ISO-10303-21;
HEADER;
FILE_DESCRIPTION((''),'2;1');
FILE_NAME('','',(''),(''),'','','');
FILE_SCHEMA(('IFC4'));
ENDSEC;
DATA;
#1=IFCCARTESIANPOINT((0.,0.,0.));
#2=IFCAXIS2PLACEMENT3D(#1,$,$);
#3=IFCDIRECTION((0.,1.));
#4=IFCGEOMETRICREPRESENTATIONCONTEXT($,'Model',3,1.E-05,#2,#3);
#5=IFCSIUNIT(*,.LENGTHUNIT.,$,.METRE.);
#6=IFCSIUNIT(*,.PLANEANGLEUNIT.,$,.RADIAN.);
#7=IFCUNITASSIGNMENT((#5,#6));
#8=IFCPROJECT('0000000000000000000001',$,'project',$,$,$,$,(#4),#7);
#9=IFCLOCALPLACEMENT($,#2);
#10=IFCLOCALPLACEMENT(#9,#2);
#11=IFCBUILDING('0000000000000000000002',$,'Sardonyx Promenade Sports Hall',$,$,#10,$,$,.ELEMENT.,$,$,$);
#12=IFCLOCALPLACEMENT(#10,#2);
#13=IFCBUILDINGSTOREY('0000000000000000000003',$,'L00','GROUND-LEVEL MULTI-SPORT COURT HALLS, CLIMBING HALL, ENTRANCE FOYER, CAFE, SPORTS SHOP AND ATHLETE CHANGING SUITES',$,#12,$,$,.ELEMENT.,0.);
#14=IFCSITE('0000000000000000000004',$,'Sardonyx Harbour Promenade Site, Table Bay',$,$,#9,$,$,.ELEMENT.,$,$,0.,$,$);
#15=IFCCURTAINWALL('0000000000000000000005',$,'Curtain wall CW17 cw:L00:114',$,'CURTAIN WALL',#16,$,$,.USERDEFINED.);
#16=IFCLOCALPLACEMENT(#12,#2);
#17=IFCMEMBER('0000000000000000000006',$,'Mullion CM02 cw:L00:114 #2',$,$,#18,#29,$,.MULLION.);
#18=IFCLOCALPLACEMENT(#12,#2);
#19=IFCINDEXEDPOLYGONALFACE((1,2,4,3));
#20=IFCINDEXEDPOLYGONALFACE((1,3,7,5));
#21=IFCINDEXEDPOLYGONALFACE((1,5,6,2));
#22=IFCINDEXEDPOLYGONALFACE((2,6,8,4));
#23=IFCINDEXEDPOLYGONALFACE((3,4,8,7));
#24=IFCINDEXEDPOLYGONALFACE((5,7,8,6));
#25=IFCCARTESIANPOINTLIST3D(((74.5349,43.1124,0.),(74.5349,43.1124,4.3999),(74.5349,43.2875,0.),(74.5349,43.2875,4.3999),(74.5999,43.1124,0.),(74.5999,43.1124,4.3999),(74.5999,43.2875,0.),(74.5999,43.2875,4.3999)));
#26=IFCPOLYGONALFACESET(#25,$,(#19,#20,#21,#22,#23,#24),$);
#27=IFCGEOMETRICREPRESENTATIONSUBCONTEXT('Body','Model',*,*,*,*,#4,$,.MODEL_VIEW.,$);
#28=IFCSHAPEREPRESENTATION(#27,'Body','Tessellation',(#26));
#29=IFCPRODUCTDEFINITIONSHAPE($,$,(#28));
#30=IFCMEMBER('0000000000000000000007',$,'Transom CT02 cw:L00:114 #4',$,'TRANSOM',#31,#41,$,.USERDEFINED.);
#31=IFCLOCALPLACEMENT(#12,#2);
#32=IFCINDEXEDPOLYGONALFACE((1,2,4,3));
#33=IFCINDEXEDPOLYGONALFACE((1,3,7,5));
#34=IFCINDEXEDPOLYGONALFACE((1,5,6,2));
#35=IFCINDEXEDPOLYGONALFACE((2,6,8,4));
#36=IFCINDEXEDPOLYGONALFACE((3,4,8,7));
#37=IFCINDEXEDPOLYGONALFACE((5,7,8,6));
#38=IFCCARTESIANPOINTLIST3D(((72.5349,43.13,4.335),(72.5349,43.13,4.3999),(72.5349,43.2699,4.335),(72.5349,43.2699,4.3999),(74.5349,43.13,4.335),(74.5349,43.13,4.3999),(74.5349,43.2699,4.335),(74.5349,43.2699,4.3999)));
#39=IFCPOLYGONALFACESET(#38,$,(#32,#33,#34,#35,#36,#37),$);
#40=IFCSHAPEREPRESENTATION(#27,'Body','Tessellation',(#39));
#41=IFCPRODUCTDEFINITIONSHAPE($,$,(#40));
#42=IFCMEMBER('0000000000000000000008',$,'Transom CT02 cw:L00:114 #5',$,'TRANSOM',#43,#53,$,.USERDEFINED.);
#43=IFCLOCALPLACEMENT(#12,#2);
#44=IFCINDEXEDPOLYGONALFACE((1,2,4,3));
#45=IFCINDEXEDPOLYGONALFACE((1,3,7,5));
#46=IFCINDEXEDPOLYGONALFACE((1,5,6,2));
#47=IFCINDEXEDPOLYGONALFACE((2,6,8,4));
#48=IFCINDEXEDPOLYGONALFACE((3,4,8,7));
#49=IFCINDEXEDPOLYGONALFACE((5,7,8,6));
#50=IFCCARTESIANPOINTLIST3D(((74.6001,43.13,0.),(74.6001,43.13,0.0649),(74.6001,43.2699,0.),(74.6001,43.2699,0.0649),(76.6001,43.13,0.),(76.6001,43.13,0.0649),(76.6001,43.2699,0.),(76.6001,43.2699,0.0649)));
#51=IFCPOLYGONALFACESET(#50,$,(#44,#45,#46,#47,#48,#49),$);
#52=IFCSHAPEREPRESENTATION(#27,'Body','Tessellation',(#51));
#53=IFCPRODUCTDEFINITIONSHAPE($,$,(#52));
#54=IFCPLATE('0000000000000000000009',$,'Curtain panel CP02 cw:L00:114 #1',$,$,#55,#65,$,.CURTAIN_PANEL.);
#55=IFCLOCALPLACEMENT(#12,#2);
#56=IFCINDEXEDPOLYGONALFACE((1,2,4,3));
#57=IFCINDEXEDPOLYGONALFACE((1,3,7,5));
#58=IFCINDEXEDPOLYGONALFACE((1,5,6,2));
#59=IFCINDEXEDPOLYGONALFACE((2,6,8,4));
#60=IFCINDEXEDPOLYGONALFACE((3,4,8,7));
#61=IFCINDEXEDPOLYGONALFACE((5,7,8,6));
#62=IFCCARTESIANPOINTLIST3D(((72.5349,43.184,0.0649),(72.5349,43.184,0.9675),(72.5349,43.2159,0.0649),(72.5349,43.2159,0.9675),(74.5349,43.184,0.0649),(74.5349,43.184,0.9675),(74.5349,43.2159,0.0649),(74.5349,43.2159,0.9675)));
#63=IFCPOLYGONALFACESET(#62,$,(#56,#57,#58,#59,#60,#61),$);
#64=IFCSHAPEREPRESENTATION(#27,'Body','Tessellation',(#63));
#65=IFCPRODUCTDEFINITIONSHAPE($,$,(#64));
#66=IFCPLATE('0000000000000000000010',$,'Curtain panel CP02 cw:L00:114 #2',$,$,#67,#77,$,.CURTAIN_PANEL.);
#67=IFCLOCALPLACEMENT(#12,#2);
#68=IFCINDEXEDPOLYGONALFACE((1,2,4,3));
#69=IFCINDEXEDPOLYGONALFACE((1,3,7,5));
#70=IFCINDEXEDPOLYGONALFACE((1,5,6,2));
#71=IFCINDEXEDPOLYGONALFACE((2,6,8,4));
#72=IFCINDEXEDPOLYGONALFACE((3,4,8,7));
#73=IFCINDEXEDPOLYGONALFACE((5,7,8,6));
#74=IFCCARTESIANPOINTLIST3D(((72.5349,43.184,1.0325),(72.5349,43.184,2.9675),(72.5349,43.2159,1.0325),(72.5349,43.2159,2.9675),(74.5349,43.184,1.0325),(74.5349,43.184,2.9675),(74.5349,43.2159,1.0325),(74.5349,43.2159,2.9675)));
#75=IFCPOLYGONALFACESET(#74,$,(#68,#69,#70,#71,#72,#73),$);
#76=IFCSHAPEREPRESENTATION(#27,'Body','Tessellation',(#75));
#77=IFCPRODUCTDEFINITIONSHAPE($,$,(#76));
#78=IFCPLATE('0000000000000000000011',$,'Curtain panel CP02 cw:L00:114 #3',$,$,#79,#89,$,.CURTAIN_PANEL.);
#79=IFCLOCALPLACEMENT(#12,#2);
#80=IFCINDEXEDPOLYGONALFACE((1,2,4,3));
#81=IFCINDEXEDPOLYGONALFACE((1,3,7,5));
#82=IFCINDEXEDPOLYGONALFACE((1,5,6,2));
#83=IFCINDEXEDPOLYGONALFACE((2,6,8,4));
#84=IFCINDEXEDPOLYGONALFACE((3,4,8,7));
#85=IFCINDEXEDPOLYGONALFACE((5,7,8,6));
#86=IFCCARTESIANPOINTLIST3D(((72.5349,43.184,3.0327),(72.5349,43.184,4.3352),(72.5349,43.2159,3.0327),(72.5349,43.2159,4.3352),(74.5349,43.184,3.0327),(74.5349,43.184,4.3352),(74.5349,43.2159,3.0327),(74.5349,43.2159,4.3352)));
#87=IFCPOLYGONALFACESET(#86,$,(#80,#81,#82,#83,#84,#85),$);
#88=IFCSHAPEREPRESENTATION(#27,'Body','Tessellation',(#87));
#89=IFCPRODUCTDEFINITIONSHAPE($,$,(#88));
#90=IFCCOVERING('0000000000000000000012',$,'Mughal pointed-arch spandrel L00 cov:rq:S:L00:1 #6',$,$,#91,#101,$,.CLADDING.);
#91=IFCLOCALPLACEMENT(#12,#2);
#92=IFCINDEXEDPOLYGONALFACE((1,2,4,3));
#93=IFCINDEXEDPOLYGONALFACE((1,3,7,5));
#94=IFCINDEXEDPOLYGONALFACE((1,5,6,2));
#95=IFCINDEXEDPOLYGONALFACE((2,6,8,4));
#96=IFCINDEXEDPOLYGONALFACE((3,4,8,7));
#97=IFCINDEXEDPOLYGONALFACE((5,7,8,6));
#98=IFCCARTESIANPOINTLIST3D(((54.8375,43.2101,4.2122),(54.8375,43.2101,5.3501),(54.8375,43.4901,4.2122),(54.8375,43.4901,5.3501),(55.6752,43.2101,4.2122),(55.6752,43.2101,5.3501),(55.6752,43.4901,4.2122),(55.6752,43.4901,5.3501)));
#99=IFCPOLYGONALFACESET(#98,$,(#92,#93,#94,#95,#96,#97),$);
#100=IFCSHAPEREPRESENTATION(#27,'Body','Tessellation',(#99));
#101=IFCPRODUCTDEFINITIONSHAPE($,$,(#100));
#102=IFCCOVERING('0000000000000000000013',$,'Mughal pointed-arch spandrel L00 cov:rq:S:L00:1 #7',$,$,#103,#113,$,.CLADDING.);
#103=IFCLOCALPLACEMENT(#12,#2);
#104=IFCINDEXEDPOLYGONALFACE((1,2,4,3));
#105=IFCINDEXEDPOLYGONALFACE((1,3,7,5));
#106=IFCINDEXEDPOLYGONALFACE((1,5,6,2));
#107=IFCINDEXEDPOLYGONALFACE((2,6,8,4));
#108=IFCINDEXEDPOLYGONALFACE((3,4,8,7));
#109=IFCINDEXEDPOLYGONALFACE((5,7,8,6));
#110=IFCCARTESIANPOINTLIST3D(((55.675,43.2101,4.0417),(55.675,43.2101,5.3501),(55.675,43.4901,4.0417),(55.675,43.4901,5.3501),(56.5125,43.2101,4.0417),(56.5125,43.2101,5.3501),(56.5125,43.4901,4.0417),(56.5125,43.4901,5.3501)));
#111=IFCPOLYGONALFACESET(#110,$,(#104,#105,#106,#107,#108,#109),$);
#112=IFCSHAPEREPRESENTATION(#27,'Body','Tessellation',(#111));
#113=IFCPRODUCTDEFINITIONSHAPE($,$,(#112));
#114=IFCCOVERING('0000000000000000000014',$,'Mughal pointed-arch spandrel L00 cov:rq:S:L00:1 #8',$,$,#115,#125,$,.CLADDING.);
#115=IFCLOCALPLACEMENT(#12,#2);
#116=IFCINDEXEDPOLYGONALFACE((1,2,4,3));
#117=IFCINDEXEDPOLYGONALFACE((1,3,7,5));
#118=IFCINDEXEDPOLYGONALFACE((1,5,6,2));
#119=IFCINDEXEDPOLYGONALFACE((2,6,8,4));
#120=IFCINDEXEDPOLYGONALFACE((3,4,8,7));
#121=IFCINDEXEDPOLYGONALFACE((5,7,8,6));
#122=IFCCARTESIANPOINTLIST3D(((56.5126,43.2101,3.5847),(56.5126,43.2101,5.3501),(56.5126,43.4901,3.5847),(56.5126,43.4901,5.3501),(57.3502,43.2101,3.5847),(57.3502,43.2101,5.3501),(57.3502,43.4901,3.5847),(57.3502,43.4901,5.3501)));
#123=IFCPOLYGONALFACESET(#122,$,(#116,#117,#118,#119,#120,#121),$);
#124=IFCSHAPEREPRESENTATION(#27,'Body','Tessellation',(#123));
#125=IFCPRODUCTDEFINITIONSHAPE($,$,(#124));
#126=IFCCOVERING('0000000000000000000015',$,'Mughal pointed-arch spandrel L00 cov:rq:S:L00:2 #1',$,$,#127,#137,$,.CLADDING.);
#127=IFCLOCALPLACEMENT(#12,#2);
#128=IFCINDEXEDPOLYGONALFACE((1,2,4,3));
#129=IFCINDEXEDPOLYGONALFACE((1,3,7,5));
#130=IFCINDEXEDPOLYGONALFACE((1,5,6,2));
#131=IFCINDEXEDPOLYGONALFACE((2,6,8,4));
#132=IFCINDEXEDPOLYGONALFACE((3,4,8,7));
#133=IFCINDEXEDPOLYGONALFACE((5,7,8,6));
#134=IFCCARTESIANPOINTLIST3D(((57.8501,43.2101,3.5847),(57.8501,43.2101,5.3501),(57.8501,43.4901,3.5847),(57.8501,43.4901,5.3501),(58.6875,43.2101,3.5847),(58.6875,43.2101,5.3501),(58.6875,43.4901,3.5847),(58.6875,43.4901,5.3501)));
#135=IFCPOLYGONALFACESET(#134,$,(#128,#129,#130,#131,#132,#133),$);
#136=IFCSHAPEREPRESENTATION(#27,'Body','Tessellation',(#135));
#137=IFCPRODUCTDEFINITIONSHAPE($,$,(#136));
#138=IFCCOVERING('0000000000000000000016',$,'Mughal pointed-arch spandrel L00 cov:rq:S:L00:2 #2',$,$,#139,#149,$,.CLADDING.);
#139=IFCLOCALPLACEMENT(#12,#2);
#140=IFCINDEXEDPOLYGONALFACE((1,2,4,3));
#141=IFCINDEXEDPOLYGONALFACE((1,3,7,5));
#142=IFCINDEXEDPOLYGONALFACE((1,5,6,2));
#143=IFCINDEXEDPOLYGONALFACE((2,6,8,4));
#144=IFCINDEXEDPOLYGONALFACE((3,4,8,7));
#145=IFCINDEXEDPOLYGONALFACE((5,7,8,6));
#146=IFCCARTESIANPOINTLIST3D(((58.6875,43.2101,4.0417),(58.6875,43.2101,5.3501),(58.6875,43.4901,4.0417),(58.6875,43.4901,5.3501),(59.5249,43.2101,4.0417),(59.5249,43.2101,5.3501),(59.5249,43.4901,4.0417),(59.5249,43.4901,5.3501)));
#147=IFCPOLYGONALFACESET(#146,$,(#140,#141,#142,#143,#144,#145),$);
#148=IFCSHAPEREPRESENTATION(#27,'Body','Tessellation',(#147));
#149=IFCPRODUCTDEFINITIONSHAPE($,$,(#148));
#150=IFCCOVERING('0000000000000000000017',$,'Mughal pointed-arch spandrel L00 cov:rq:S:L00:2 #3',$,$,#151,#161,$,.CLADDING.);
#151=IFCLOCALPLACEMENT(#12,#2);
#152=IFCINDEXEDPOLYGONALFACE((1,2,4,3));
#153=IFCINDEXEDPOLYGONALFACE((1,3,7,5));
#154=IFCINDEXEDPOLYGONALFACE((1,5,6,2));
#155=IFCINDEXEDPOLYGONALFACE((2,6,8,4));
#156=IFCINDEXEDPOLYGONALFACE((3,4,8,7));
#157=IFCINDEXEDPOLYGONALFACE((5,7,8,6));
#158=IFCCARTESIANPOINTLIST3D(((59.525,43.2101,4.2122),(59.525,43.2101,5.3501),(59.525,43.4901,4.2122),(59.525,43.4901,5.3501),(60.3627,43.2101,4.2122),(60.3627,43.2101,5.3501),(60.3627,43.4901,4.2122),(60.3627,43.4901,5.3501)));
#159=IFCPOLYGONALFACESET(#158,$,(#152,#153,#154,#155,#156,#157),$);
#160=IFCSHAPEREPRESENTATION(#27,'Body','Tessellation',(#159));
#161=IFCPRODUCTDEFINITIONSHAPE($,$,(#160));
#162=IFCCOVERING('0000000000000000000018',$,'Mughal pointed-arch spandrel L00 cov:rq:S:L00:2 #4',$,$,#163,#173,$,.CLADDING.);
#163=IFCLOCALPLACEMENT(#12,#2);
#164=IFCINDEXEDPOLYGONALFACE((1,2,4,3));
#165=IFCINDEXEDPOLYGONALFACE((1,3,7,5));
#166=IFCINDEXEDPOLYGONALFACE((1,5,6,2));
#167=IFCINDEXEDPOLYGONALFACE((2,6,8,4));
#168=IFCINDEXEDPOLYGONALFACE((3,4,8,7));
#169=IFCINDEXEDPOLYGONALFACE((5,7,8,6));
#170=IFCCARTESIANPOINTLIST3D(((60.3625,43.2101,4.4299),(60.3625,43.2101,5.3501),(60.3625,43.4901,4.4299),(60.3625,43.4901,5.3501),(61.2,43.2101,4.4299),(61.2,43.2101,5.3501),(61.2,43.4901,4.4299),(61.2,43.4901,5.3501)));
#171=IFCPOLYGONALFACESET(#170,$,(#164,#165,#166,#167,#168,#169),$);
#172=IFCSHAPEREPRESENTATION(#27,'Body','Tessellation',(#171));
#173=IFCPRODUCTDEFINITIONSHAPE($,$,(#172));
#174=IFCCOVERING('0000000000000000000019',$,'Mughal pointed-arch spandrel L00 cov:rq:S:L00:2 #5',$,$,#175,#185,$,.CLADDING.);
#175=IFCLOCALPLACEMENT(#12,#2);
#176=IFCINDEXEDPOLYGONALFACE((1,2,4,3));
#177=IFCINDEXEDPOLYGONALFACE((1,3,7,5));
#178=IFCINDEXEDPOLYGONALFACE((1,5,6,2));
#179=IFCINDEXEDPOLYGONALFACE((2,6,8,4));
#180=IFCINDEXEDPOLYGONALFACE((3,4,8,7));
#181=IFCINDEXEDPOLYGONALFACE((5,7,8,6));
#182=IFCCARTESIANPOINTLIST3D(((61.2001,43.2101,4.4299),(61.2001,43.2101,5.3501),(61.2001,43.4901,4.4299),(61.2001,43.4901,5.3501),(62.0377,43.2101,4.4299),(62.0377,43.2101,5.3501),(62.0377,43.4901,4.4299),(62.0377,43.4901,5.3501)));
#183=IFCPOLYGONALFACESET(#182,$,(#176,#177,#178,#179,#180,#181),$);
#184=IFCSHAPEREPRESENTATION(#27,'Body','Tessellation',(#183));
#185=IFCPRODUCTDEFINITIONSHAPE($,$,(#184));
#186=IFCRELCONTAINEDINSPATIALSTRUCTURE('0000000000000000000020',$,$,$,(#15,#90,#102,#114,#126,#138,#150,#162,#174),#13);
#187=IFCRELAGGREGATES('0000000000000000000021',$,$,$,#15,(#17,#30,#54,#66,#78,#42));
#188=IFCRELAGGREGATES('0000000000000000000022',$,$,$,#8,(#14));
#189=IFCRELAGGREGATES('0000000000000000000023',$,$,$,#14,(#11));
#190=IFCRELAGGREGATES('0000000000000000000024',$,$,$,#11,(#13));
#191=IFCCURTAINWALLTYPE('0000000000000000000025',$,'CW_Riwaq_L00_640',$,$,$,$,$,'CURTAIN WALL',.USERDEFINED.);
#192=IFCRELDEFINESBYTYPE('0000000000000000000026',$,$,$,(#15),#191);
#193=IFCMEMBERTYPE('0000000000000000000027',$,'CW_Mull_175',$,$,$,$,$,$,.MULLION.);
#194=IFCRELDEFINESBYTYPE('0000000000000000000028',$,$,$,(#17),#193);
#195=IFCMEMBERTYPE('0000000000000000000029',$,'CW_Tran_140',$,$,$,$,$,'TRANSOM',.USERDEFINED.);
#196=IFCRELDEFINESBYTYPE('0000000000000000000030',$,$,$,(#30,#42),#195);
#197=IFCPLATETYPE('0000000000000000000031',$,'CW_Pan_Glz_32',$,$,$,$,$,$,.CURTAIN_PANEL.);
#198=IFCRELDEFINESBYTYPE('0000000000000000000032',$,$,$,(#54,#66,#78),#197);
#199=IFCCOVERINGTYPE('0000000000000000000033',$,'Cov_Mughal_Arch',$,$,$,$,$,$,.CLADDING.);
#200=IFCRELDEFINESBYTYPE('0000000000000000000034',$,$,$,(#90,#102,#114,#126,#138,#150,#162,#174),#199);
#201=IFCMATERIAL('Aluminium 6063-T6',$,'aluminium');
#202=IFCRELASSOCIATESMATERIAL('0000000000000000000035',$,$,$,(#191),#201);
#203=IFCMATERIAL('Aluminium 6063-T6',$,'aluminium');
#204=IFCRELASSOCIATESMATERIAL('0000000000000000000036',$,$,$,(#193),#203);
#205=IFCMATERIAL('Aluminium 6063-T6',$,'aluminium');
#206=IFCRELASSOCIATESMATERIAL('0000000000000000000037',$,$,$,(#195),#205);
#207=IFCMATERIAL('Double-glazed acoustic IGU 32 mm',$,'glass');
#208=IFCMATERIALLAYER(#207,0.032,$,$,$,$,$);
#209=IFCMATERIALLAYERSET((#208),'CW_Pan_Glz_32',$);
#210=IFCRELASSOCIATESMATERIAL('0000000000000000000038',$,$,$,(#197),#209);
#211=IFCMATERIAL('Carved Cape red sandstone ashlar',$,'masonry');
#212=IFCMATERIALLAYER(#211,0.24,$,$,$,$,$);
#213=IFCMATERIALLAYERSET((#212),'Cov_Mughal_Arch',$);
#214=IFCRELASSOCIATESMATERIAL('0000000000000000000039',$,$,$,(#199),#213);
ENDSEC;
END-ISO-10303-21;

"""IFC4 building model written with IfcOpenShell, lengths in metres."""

from ifc_helpers import new_model, si_unit, direction, frame, frame_2d, origin, origin_2d, place, context, subcontext, project, spatial, rectangle, extrude, material, layer, layer_set, material_profile, profile_set, type_object, element, aggregate, save


model = new_model("IFC4")

# Units and contexts
model_context = context("Model", 3, precision=1e-05, world=origin(), true_north=direction((0.0, 1.0)))
body_context = subcontext(model_context, "Body", "Model", "MODEL_VIEW")
ifc_project = project(units=[si_unit("LENGTHUNIT", "METRE"), si_unit("PLANEANGLEUNIT", "RADIAN")], contexts=[model_context])

# Site, building, storey
site_placement = place(None, origin())
site = spatial("IfcSite", under=ifc_project, at=site_placement, Name="Sardonyx Harbour Promenade Site, Table Bay", CompositionType="ELEMENT", RefElevation=0.0)
building_placement = place(site_placement, origin())
building = spatial("IfcBuilding", under=site, at=building_placement, Name="Sardonyx Promenade Sports Hall", CompositionType="ELEMENT")
storey_placement = place(building_placement, origin())
storey = spatial("IfcBuildingStorey", under=building, at=storey_placement, Name="L00", Description="GROUND-LEVEL MULTI-SPORT COURT HALLS, CLIMBING HALL, ENTRANCE FOYER, CAFE, SPORTS SHOP AND ATHLETE CHANGING SUITES", CompositionType="ELEMENT", Elevation=0.0)

# Curtain wall, members, plates
ifc_material_1 = material(Name="Aluminium 6063-T6", Category="aluminium")
curtain_wall_type = type_object("IfcCurtainWallType", Name="CW_Riwaq_L00_640", ElementType="CURTAIN WALL", PredefinedType="USERDEFINED", material=ifc_material_1)
curtain_wall_placement = place(storey_placement, origin())
curtain_wall = element("IfcCurtainWall", 1, at=curtain_wall_placement, inside=storey, type_object=curtain_wall_type, Name="Curtain wall CW17 cw:L00:114", ObjectType="CURTAIN WALL", PredefinedType="USERDEFINED")
ifc_material_2 = material(Name="Aluminium 6063-T6", Category="aluminium")
ifc_material_profile_1 = material_profile(ifc_material_2, rectangle(XDim=0.0649, YDim=0.175, at=origin_2d()))
ifc_profile_set_1 = profile_set([ifc_material_profile_1], Name="Aluminium 6063-T6")
member_type_1 = type_object("IfcMemberType", Name="CW_Mull_175", PredefinedType="MULLION", material=ifc_profile_set_1)
member_1_placement = place(storey_placement, frame((74.5674, 43.2, 0.0), z_axis=(0.0, 0.0, 1.0), x_axis=(1.0, 0.0, 0.0)))
member_1 = element("IfcMember", 2, at=member_1_placement, type_object=member_type_1, Name="Mullion CM02 cw:L00:114 #2", PredefinedType="MULLION", context=body_context, shape_type="SweptSolid", body=[
    extrude(rectangle(XDim=0.0649, YDim=0.175, at=origin_2d()), origin(), (0.0, 0.0, 1.0), 4.3999),
])
ifc_material_3 = material(Name="Aluminium 6063-T6", Category="aluminium")
ifc_material_profile_2 = material_profile(ifc_material_3, rectangle(XDim=0.0649, YDim=0.1399, at=origin_2d()))
ifc_profile_set_2 = profile_set([ifc_material_profile_2], Name="Aluminium 6063-T6")
member_type_2 = type_object("IfcMemberType", Name="CW_Tran_140", ElementType="TRANSOM", PredefinedType="USERDEFINED", material=ifc_profile_set_2)
member_2_placement = place(storey_placement, frame((72.5349, 43.2, 4.3674), z_axis=(1.0, 0.0, 0.0), x_axis=(0.0, 0.0, 1.0)))
member_2 = element("IfcMember", 3, at=member_2_placement, type_object=member_type_2, Name="Transom CT02 cw:L00:114 #4", ObjectType="TRANSOM", PredefinedType="USERDEFINED", context=body_context, shape_type="SweptSolid", body=[
    extrude(rectangle(XDim=0.0649, YDim=0.1399, at=origin_2d()), origin(), (0.0, 0.0, 1.0), 2.0),
])
member_3_placement = place(storey_placement, frame((74.6001, 43.2, 0.0325), z_axis=(1.0, 0.0, 0.0), x_axis=(0.0, 0.0, 1.0)))
member_3 = element("IfcMember", 4, at=member_3_placement, type_object=member_type_2, Name="Transom CT02 cw:L00:114 #5", ObjectType="TRANSOM", PredefinedType="USERDEFINED", context=body_context, shape_type="SweptSolid", body=[
    extrude(rectangle(XDim=0.0649, YDim=0.1399, at=origin_2d()), origin(), (0.0, 0.0, 1.0), 2.0),
])
ifc_material_4 = material(Name="Double-glazed acoustic IGU 32 mm", Category="glass")
ifc_layer_1 = layer(ifc_material_4, 0.032)
ifc_layer_set_1 = layer_set([ifc_layer_1], Name="CW_Pan_Glz_32")
plate_type = type_object("IfcPlateType", Name="CW_Pan_Glz_32", PredefinedType="CURTAIN_PANEL", material=ifc_layer_set_1)
plate_1_placement = place(storey_placement, frame((73.5349, 43.2, 0.0649), z_axis=(0.0, 0.0, 1.0), x_axis=(1.0, 0.0, 0.0)))
plate_1 = element("IfcPlate", 5, at=plate_1_placement, type_object=plate_type, Name="Curtain panel CP02 cw:L00:114 #1", PredefinedType="CURTAIN_PANEL", context=body_context, shape_type="SweptSolid", body=[
    extrude(rectangle(XDim=2.0, YDim=0.032, at=origin_2d()), origin(), (0.0, 0.0, 1.0), 0.9026),
])
plate_2_placement = place(storey_placement, frame((73.5349, 43.2, 1.0325), z_axis=(0.0, 0.0, 1.0), x_axis=(1.0, 0.0, 0.0)))
plate_2 = element("IfcPlate", 6, at=plate_2_placement, type_object=plate_type, Name="Curtain panel CP02 cw:L00:114 #2", PredefinedType="CURTAIN_PANEL", context=body_context, shape_type="SweptSolid", body=[
    extrude(rectangle(XDim=2.0, YDim=0.032, at=origin_2d()), origin(), (0.0, 0.0, 1.0), 1.9351),
])
plate_3_placement = place(storey_placement, frame((73.5349, 43.2, 3.0327), z_axis=(0.0, 0.0, 1.0), x_axis=(1.0, 0.0, 0.0)))
plate_3 = element("IfcPlate", 7, at=plate_3_placement, type_object=plate_type, Name="Curtain panel CP02 cw:L00:114 #3", PredefinedType="CURTAIN_PANEL", context=body_context, shape_type="SweptSolid", body=[
    extrude(rectangle(XDim=2.0, YDim=0.032, at=origin_2d()), origin(), (0.0, 0.0, 1.0), 1.3025),
])
aggregate(curtain_wall, [member_1, member_2, plate_1, plate_2, plate_3, member_3])

# Coverings
ifc_material_5 = material(Name="Carved Cape red sandstone ashlar", Category="masonry")
ifc_layer_2 = layer(ifc_material_5, 0.24)
ifc_layer_set_2 = layer_set([ifc_layer_2], Name="Cov_Mughal_Arch")
covering_type = type_object("IfcCoveringType", Name="Cov_Mughal_Arch", PredefinedType="CLADDING", material=ifc_layer_set_2)
covering_1_placement = place(storey_placement, frame((54.8374, 43.3501, 4.2122), z_axis=(0.0, 0.0, 1.0), x_axis=(1.0, 0.0, 0.0)))
element("IfcCovering", 8, at=covering_1_placement, inside=storey, type_object=covering_type, Name="Mughal pointed-arch spandrel L00 cov:rq:S:L00:1 #6", PredefinedType="CLADDING", context=body_context, shape_type="SweptSolid", body=[
    extrude(rectangle(XDim=0.8376, YDim=0.28, at=frame_2d((0.4189, 0.0))), origin(), (0.0, 0.0, 1.0), 1.1379),
])
covering_2_placement = place(storey_placement, frame((55.675, 43.3501, 4.0417), z_axis=(0.0, 0.0, 1.0), x_axis=(1.0, 0.0, 0.0)))
element("IfcCovering", 9, at=covering_2_placement, inside=storey, type_object=covering_type, Name="Mughal pointed-arch spandrel L00 cov:rq:S:L00:1 #7", PredefinedType="CLADDING", context=body_context, shape_type="SweptSolid", body=[
    extrude(rectangle(XDim=0.8374, YDim=0.28, at=frame_2d((0.4187, 0.0))), origin(), (0.0, 0.0, 1.0), 1.3083),
])
covering_3_placement = place(storey_placement, frame((56.5125, 43.3501, 3.5847), z_axis=(0.0, 0.0, 1.0), x_axis=(1.0, 0.0, 0.0)))
element("IfcCovering", 10, at=covering_3_placement, inside=storey, type_object=covering_type, Name="Mughal pointed-arch spandrel L00 cov:rq:S:L00:1 #8", PredefinedType="CLADDING", context=body_context, shape_type="SweptSolid", body=[
    extrude(rectangle(XDim=0.8376, YDim=0.28, at=frame_2d((0.4189, 0.0))), origin(), (0.0, 0.0, 1.0), 1.7654),
])
covering_4_placement = place(storey_placement, frame((57.8501, 43.3501, 3.5847), z_axis=(0.0, 0.0, 1.0), x_axis=(1.0, 0.0, 0.0)))
element("IfcCovering", 11, at=covering_4_placement, inside=storey, type_object=covering_type, Name="Mughal pointed-arch spandrel L00 cov:rq:S:L00:2 #1", PredefinedType="CLADDING", context=body_context, shape_type="SweptSolid", body=[
    extrude(rectangle(XDim=0.8374, YDim=0.28, at=frame_2d((0.4187, 0.0))), origin(), (0.0, 0.0, 1.0), 1.7654),
])
covering_5_placement = place(storey_placement, frame((58.6875, 43.3501, 4.0417), z_axis=(0.0, 0.0, 1.0), x_axis=(1.0, 0.0, 0.0)))
element("IfcCovering", 12, at=covering_5_placement, inside=storey, type_object=covering_type, Name="Mughal pointed-arch spandrel L00 cov:rq:S:L00:2 #2", PredefinedType="CLADDING", context=body_context, shape_type="SweptSolid", body=[
    extrude(rectangle(XDim=0.8374, YDim=0.28, at=frame_2d((0.4187, 0.0))), origin(), (0.0, 0.0, 1.0), 1.3083),
])
covering_6_placement = place(storey_placement, frame((59.5249, 43.3501, 4.2122), z_axis=(0.0, 0.0, 1.0), x_axis=(1.0, 0.0, 0.0)))
element("IfcCovering", 13, at=covering_6_placement, inside=storey, type_object=covering_type, Name="Mughal pointed-arch spandrel L00 cov:rq:S:L00:2 #3", PredefinedType="CLADDING", context=body_context, shape_type="SweptSolid", body=[
    extrude(rectangle(XDim=0.8376, YDim=0.28, at=frame_2d((0.4189, 0.0))), origin(), (0.0, 0.0, 1.0), 1.1379),
])
covering_7_placement = place(storey_placement, frame((60.3625, 43.3501, 4.4299), z_axis=(0.0, 0.0, 1.0), x_axis=(1.0, 0.0, 0.0)))
element("IfcCovering", 14, at=covering_7_placement, inside=storey, type_object=covering_type, Name="Mughal pointed-arch spandrel L00 cov:rq:S:L00:2 #4", PredefinedType="CLADDING", context=body_context, shape_type="SweptSolid", body=[
    extrude(rectangle(XDim=0.8374, YDim=0.28, at=frame_2d((0.4187, 0.0))), origin(), (0.0, 0.0, 1.0), 0.9202),
])
covering_8_placement = place(storey_placement, frame((61.2, 43.3501, 4.4299), z_axis=(0.0, 0.0, 1.0), x_axis=(1.0, 0.0, 0.0)))
element("IfcCovering", 15, at=covering_8_placement, inside=storey, type_object=covering_type, Name="Mughal pointed-arch spandrel L00 cov:rq:S:L00:2 #5", PredefinedType="CLADDING", context=body_context, shape_type="SweptSolid", body=[
    extrude(rectangle(XDim=0.8376, YDim=0.28, at=frame_2d((0.4189, 0.0))), origin(), (0.0, 0.0, 1.0), 0.9202),
])

save(model, "model.ifc")
